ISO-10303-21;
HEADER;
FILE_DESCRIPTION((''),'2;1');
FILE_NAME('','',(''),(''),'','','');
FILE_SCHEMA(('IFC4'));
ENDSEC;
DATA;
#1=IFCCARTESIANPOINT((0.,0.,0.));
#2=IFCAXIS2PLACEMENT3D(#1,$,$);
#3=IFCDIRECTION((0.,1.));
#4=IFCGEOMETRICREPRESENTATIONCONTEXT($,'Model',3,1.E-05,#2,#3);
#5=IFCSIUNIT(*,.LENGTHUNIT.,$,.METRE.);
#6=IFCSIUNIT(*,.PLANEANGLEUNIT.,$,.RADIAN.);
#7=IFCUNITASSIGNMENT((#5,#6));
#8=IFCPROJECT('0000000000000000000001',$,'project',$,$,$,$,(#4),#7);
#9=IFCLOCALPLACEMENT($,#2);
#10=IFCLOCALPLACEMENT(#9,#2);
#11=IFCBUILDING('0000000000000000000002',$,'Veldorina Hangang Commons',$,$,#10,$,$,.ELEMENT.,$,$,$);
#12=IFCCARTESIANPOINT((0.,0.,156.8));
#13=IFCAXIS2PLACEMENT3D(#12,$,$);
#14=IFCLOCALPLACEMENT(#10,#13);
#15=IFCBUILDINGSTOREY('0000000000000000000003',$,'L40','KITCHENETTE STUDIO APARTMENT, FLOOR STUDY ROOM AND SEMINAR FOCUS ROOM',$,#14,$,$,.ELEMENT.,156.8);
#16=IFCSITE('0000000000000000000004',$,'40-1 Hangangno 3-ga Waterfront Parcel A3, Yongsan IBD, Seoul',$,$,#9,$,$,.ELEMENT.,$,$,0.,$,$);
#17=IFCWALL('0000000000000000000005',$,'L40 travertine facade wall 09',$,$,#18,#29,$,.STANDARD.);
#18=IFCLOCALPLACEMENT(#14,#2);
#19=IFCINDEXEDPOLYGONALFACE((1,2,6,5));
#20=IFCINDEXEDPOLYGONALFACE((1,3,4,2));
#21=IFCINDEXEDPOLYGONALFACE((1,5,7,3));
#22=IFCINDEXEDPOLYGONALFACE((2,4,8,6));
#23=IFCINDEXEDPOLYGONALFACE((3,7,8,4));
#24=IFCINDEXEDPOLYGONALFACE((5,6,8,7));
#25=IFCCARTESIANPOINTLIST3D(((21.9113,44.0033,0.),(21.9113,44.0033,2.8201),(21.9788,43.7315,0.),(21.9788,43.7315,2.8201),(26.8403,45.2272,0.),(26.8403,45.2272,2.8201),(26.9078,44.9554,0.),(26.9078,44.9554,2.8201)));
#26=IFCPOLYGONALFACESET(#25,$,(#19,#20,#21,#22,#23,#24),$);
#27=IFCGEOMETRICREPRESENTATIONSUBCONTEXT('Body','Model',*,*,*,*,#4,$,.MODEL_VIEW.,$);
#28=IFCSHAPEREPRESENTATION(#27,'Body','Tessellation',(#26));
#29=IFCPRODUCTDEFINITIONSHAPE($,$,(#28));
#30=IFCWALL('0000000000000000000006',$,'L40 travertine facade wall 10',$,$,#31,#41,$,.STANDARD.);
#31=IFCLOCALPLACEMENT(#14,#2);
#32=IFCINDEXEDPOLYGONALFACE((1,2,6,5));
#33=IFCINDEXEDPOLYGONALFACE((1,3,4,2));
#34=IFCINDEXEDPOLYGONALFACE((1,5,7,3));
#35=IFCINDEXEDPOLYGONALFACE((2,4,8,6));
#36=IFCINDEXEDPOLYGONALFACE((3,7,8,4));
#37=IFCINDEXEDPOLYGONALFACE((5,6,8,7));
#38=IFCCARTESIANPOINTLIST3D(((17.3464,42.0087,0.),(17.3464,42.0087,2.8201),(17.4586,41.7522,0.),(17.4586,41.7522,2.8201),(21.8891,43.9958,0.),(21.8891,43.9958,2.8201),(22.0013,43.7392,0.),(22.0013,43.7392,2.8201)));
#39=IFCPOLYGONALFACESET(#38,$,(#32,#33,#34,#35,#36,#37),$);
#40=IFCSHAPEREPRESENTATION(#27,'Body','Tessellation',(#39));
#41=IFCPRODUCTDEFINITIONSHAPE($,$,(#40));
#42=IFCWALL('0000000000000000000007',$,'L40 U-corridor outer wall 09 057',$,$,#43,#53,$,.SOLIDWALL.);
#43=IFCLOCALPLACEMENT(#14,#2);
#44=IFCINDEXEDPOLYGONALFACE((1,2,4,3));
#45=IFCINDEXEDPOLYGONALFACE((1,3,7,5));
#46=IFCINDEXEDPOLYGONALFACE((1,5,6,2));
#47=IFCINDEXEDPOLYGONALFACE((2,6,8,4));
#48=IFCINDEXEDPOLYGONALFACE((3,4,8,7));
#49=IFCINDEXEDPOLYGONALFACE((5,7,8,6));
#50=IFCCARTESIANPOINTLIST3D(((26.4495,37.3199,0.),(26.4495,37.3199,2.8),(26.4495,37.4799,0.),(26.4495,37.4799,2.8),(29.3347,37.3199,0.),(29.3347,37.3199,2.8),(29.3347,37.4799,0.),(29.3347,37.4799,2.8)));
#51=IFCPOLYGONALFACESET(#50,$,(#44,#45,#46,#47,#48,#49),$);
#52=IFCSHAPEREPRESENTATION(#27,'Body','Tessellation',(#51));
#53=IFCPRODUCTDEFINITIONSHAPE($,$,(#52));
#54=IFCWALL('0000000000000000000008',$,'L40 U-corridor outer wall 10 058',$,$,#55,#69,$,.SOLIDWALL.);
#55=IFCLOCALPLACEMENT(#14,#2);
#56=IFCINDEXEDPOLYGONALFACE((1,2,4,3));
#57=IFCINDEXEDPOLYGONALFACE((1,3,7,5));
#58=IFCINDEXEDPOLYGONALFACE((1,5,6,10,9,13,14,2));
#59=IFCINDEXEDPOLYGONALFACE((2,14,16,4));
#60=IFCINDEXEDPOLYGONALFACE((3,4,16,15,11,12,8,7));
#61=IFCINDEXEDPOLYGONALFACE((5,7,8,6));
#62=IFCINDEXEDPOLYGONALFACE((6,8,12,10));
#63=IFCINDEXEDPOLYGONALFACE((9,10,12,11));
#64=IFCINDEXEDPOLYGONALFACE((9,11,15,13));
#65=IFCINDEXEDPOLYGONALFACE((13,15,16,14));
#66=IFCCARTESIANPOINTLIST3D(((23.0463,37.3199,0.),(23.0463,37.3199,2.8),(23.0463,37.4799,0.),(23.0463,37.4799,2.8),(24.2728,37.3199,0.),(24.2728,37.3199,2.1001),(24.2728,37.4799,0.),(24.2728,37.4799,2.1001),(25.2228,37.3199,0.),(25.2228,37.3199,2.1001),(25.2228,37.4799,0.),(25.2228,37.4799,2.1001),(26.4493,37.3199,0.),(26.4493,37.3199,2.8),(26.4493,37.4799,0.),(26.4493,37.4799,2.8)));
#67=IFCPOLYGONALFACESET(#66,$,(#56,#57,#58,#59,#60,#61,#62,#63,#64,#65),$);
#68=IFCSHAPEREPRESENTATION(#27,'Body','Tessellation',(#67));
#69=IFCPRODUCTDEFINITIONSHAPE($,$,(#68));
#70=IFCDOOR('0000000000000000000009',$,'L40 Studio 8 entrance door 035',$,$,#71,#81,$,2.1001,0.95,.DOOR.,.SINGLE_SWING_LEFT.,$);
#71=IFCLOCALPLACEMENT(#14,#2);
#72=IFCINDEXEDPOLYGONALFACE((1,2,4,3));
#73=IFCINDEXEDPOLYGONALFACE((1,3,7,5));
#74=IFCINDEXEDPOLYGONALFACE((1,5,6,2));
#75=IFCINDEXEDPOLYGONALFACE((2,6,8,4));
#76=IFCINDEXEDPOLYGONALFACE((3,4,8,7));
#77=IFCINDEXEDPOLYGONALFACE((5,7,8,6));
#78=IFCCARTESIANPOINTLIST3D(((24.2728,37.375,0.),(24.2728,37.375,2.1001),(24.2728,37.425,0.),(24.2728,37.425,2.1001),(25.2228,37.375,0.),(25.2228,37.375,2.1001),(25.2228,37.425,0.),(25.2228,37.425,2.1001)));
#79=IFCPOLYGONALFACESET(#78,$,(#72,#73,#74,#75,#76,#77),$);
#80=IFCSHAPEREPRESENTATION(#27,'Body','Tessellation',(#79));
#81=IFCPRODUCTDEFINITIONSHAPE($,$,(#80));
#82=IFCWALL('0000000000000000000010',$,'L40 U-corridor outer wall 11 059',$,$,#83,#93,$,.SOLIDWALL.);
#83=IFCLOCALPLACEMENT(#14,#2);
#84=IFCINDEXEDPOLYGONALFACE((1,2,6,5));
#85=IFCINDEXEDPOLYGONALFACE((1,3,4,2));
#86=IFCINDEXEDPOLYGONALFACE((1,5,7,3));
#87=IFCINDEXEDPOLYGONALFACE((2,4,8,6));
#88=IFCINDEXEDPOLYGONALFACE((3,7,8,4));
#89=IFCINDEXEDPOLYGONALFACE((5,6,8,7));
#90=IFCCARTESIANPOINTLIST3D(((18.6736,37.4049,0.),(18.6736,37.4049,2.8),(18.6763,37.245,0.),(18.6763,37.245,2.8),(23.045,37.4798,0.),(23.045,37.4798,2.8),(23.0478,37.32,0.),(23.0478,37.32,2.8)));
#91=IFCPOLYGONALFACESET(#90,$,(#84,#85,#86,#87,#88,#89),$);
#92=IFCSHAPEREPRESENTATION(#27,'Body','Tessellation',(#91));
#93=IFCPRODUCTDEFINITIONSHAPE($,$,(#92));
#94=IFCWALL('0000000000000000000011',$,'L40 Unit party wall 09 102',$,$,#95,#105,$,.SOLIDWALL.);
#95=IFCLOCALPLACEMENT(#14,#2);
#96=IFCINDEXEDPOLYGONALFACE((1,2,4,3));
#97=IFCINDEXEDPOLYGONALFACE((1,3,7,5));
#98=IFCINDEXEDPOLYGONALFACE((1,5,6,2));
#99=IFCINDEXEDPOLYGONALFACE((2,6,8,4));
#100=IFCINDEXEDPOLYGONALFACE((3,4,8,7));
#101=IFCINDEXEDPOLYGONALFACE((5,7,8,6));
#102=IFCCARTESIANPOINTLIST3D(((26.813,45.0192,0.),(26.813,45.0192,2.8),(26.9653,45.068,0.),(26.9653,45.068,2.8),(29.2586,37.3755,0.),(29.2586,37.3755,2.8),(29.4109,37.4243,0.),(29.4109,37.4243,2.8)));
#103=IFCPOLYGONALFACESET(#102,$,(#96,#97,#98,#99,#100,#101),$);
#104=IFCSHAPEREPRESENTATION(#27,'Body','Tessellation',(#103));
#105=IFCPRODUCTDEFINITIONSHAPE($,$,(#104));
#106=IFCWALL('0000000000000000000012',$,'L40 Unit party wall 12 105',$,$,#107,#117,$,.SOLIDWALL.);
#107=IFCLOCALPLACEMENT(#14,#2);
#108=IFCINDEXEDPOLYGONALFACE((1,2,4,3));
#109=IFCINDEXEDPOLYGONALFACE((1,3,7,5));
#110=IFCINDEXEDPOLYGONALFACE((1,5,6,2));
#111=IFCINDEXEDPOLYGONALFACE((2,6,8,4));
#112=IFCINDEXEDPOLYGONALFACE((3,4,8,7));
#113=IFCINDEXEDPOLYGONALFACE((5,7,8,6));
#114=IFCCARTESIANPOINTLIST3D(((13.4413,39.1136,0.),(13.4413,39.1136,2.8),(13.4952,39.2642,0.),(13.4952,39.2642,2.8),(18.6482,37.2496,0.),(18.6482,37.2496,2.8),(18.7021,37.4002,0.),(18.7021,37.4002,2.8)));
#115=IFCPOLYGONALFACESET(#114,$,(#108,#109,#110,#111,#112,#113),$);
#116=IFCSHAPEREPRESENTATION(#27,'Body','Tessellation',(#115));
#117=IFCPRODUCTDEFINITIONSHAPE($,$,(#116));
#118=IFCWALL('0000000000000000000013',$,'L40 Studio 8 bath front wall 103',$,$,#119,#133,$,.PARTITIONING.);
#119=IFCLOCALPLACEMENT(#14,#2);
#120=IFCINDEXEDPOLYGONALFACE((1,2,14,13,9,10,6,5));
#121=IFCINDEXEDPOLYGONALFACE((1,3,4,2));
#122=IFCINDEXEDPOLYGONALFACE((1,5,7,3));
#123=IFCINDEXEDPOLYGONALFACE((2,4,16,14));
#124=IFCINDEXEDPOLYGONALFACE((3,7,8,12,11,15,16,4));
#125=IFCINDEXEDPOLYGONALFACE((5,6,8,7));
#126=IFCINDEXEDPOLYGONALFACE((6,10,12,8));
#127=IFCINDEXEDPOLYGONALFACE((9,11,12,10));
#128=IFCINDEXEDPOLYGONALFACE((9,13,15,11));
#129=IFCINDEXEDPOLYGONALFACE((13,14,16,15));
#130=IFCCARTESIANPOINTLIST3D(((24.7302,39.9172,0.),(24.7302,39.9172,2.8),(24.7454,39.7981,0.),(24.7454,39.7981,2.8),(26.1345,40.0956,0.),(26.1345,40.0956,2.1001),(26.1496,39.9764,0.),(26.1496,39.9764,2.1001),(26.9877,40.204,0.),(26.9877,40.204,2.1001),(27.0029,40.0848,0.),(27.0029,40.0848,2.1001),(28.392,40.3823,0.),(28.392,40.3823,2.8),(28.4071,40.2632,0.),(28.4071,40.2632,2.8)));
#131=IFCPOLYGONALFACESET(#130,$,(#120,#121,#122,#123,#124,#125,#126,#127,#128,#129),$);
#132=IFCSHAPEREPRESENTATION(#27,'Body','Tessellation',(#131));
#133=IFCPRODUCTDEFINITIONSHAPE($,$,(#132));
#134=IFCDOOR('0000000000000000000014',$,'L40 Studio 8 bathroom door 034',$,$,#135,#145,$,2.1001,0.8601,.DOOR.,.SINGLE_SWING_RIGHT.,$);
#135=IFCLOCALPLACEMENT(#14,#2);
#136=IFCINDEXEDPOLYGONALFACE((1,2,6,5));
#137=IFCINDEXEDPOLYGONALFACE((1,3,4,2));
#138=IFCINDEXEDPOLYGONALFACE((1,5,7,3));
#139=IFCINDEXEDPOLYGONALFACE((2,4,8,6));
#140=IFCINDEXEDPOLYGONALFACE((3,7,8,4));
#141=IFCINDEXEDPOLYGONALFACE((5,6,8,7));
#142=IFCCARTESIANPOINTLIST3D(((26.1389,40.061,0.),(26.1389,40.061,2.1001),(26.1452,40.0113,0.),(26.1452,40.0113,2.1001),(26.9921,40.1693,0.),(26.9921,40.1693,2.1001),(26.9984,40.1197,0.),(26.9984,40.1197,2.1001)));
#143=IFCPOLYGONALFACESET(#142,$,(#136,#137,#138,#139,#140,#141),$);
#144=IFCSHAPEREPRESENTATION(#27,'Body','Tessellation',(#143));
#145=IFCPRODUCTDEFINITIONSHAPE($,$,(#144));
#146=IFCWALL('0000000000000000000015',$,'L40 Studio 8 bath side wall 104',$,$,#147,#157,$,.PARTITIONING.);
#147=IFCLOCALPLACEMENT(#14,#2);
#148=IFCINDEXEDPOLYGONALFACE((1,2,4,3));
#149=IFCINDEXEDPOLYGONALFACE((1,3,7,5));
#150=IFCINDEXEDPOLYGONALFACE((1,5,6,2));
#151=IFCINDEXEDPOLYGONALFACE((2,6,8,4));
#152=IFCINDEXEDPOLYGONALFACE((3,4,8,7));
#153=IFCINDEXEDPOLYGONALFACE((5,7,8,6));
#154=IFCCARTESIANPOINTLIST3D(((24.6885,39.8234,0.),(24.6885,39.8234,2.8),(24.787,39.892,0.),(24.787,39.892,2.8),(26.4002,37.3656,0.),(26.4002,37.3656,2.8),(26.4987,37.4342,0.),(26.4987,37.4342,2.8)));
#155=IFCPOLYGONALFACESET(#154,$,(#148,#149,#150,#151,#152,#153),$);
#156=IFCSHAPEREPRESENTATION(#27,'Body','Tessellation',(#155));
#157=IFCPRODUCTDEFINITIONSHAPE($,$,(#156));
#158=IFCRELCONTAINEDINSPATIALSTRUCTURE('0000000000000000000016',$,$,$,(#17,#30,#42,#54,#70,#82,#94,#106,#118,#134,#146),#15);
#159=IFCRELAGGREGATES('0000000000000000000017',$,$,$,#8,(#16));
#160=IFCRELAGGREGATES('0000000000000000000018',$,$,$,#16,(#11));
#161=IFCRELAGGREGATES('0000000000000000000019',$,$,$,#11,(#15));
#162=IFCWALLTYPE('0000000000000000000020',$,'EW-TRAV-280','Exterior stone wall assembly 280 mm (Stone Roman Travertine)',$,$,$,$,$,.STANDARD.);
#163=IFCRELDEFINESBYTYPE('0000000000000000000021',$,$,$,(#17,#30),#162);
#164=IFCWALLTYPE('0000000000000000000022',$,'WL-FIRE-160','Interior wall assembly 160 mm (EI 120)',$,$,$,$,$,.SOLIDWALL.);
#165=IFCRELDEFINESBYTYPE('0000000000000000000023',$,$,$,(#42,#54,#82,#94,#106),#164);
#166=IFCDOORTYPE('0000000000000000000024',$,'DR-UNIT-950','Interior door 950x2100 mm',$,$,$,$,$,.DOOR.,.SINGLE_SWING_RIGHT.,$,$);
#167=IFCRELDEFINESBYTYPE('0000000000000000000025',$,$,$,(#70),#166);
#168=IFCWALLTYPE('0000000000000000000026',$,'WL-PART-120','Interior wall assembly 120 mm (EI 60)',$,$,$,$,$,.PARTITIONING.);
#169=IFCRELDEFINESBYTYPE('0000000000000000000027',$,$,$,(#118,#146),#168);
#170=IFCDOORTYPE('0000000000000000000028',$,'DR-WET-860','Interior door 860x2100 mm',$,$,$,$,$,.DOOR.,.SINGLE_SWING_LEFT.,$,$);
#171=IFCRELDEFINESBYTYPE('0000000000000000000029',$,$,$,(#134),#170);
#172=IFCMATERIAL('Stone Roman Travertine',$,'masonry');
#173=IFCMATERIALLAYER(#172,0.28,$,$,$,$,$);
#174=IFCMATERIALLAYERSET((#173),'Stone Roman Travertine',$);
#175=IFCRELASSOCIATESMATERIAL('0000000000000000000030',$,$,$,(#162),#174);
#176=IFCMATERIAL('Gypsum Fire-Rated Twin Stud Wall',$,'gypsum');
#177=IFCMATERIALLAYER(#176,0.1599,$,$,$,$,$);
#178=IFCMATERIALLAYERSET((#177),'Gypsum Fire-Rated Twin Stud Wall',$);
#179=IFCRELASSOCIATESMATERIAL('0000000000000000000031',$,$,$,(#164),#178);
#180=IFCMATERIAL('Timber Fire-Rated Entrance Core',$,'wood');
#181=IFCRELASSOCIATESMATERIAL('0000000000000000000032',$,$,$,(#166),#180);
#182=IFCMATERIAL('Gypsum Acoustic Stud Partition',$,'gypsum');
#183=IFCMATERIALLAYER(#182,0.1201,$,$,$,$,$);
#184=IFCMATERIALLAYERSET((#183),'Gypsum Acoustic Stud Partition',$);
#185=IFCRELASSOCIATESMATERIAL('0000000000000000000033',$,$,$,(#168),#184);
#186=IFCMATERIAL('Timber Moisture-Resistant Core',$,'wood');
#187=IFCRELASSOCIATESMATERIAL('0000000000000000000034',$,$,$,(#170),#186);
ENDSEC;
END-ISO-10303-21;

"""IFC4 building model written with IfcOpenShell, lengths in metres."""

from ifc_helpers import new_model, si_unit, direction, frame, frame_2d, origin, place, context, subcontext, project, spatial, rectangle, extrude, material, layer, layer_set, type_object, element, fill, save


model = new_model("IFC4")

# Units and contexts
model_context = context("Model", 3, precision=1e-05, world=origin(), true_north=direction((0.0, 1.0)))
body_context = subcontext(model_context, "Body", "Model", "MODEL_VIEW")
ifc_project = project(units=[si_unit("LENGTHUNIT", "METRE"), si_unit("PLANEANGLEUNIT", "RADIAN")], contexts=[model_context])

# Site, building, storey
site_placement = place(None, origin())
site = spatial("IfcSite", under=ifc_project, at=site_placement, Name="40-1 Hangangno 3-ga Waterfront Parcel A3, Yongsan IBD, Seoul", CompositionType="ELEMENT", RefElevation=0.0)
building_placement = place(site_placement, origin())
building = spatial("IfcBuilding", under=site, at=building_placement, Name="Veldorina Hangang Commons", CompositionType="ELEMENT")
storey_placement = place(building_placement, frame((0.0, 0.0, 156.8)))
storey = spatial("IfcBuildingStorey", under=building, at=storey_placement, Name="L40", Description="KITCHENETTE STUDIO APARTMENT, FLOOR STUDY ROOM AND SEMINAR FOCUS ROOM", CompositionType="ELEMENT", Elevation=156.8)

# Walls
ifc_material_1 = material(Name="Stone Roman Travertine", Category="masonry")
ifc_layer_1 = layer(ifc_material_1, 0.28)
ifc_layer_set_1 = layer_set([ifc_layer_1], Name="Stone Roman Travertine")
wall_type_1 = type_object("IfcWallType", Name="EW-TRAV-280", Description="Exterior stone wall assembly 280 mm (Stone Roman Travertine)", PredefinedType="STANDARD", material=ifc_layer_set_1)
wall_1_placement = place(storey_placement, frame((26.874, 45.0913, 0.0), z_axis=(0.0, 0.0, 1.0), x_axis=(-0.970529, -0.240986, 0.0)))
element("IfcWall", 1, at=wall_1_placement, inside=storey, type_object=wall_type_1, Name="L40 travertine facade wall 09", PredefinedType="STANDARD", context=body_context, shape_type="SweptSolid", body=[
    extrude(rectangle(XDim=5.0786, YDim=0.28, at=frame_2d((2.5393, 0.0))), origin(), (0.0, 0.0, 1.0), 2.8201),
])
wall_2_placement = place(storey_placement, frame((21.9451, 43.8674, 0.0), z_axis=(0.0, 0.0, 1.0), x_axis=(-0.916186, -0.400754, 0.0)))
element("IfcWall", 2, at=wall_2_placement, inside=storey, type_object=wall_type_1, Name="L40 travertine facade wall 10", PredefinedType="STANDARD", context=body_context, shape_type="SweptSolid", body=[
    extrude(rectangle(XDim=4.9583, YDim=0.28, at=frame_2d((2.479, 0.0))), origin(), (0.0, 0.0, 1.0), 2.8201),
])
ifc_material_2 = material(Name="Gypsum Fire-Rated Twin Stud Wall", Category="gypsum")
ifc_layer_2 = layer(ifc_material_2, 0.1599)
ifc_layer_set_2 = layer_set([ifc_layer_2], Name="Gypsum Fire-Rated Twin Stud Wall")
wall_type_2 = type_object("IfcWallType", Name="WL-FIRE-160", Description="Interior wall assembly 160 mm (EI 120)", PredefinedType="SOLIDWALL", material=ifc_layer_set_2)
wall_3_placement = place(storey_placement, frame((29.3347, 37.3999, 0.0), z_axis=(0.0, 0.0, 1.0), x_axis=(-1.0, 0.0, 0.0)))
element("IfcWall", 3, at=wall_3_placement, inside=storey, type_object=wall_type_2, Name="L40 U-corridor outer wall 09 057", PredefinedType="SOLIDWALL", context=body_context, shape_type="SweptSolid", body=[
    extrude(rectangle(XDim=2.8853, YDim=0.1599, at=frame_2d((1.4426, 0.0))), origin(), (0.0, 0.0, 1.0), 2.8),
])

# Wall, opening, door
wall_4_placement = place(storey_placement, frame((26.4495, 37.3999, 0.0), z_axis=(0.0, 0.0, 1.0), x_axis=(-1.0, 0.0, 0.0)))
wall_4 = element("IfcWall", 4, at=wall_4_placement, inside=storey, type_object=wall_type_2, Name="L40 U-corridor outer wall 10 058", PredefinedType="SOLIDWALL", context=body_context, shape_type="SweptSolid", body=[
    extrude(rectangle(XDim=3.4031, YDim=0.1599, at=frame_2d((1.7017, 0.0))), origin(), (0.0, 0.0, 1.0), 2.8),
])
opening_1_placement = place(wall_4_placement, frame((1.2266, 0.0, 0.0)))
opening_1 = element("IfcOpeningElement", 5, at=opening_1_placement, cuts=wall_4, PredefinedType="OPENING", context=body_context, shape_type="SweptSolid", body=[
    extrude(rectangle(XDim=0.95, YDim=2.1001, at=frame_2d((0.4751, 1.05))), frame((0.0, 0.0898, 0.0), z_axis=(0.0, -1.0, 0.0), x_axis=(1.0, 0.0, 0.0)), (0.0, 0.0, 1.0), 0.1799),
])
ifc_material_3 = material(Name="Timber Fire-Rated Entrance Core", Category="wood")
door_type_1 = type_object("IfcDoorType", Name="DR-UNIT-950", Description="Interior door 950x2100 mm", OperationType="SINGLE_SWING_RIGHT", PredefinedType="DOOR", material=ifc_material_3)
door_1_placement = place(opening_1_placement, origin())
door_1 = element("IfcDoor", 6, at=door_1_placement, inside=storey, type_object=door_type_1, Name="L40 Studio 8 entrance door 035", OperationType="SINGLE_SWING_LEFT", OverallHeight=2.1001, OverallWidth=0.95, PredefinedType="DOOR", context=body_context, shape_type="SweptSolid", body=[
    extrude(rectangle(XDim=0.95, YDim=2.1001, at=frame_2d((0.4751, 1.05))), frame((0.0, 0.0249, 0.0), z_axis=(0.0, -1.0, 0.0), x_axis=(1.0, 0.0, 0.0)), (0.0, 0.0, 1.0), 0.05),
])
fill(opening_1, door_1)

# Walls
wall_5_placement = place(storey_placement, frame((23.0464, 37.3999, 0.0), z_axis=(0.0, 0.0, 1.0), x_axis=(-0.999853, -0.017144, 0.0)))
element("IfcWall", 7, at=wall_5_placement, inside=storey, type_object=wall_type_2, Name="L40 U-corridor outer wall 11 059", PredefinedType="SOLIDWALL", context=body_context, shape_type="SweptSolid", body=[
    extrude(rectangle(XDim=4.3721, YDim=0.1599, at=frame_2d((2.186, 0.0))), origin(), (0.0, 0.0, 1.0), 2.8),
])
wall_6_placement = place(storey_placement, frame((29.3347, 37.3999, 0.0), z_axis=(0.0, 0.0, 1.0), x_axis=(-0.304724, 0.952441, 0.0)))
element("IfcWall", 8, at=wall_6_placement, inside=storey, type_object=wall_type_2, Name="L40 Unit party wall 09 102", PredefinedType="SOLIDWALL", context=body_context, shape_type="SweptSolid", body=[
    extrude(rectangle(XDim=8.0254, YDim=0.1599, at=frame_2d((4.0127, 0.0))), origin(), (0.0, 0.0, 1.0), 2.8),
])
wall_7_placement = place(storey_placement, frame((18.675, 37.325, 0.0), z_axis=(0.0, 0.0, 1.0), x_axis=(-0.941492, 0.337035, 0.0)))
element("IfcWall", 9, at=wall_7_placement, inside=storey, type_object=wall_type_2, Name="L40 Unit party wall 12 105", PredefinedType="SOLIDWALL", context=body_context, shape_type="SweptSolid", body=[
    extrude(rectangle(XDim=5.5305, YDim=0.1599, at=frame_2d((2.7651, 0.0))), origin(), (0.0, 0.0, 1.0), 2.8),
])

# Wall, opening, door
ifc_material_4 = material(Name="Gypsum Acoustic Stud Partition", Category="gypsum")
ifc_layer_3 = layer(ifc_material_4, 0.1201)
ifc_layer_set_3 = layer_set([ifc_layer_3], Name="Gypsum Acoustic Stud Partition")
wall_type_3 = type_object("IfcWallType", Name="WL-PART-120", Description="Interior wall assembly 120 mm (EI 60)", PredefinedType="PARTITIONING", material=ifc_layer_set_3)
wall_8_placement = place(storey_placement, frame((28.3997, 40.3228, 0.0), z_axis=(0.0, 0.0, 1.0), x_axis=(-0.992031, -0.125996, 0.0)))
wall_8 = element("IfcWall", 10, at=wall_8_placement, inside=storey, type_object=wall_type_3, Name="L40 Studio 8 bath front wall 103", PredefinedType="PARTITIONING", context=body_context, shape_type="SweptSolid", body=[
    extrude(rectangle(XDim=3.6912, YDim=0.1201, at=frame_2d((1.8457, 0.0))), origin(), (0.0, 0.0, 1.0), 2.8),
])
opening_2_placement = place(wall_8_placement, frame((1.4155, 0.0, 0.0)))
opening_2 = element("IfcOpeningElement", 11, at=opening_2_placement, cuts=wall_8, PredefinedType="OPENING", context=body_context, shape_type="SweptSolid", body=[
    extrude(rectangle(XDim=0.8601, YDim=2.1001, at=frame_2d((0.4302, 1.05))), frame((0.0, 0.0701, 0.0), z_axis=(0.0, -1.0, 0.0), x_axis=(1.0, 0.0, 0.0)), (0.0, 0.0, 1.0), 0.1401),
])
ifc_material_5 = material(Name="Timber Moisture-Resistant Core", Category="wood")
door_type_2 = type_object("IfcDoorType", Name="DR-WET-860", Description="Interior door 860x2100 mm", OperationType="SINGLE_SWING_LEFT", PredefinedType="DOOR", material=ifc_material_5)
door_2_placement = place(opening_2_placement, origin())
door_2 = element("IfcDoor", 12, at=door_2_placement, inside=storey, type_object=door_type_2, Name="L40 Studio 8 bathroom door 034", OperationType="SINGLE_SWING_RIGHT", OverallHeight=2.1001, OverallWidth=0.8601, PredefinedType="DOOR", context=body_context, shape_type="SweptSolid", body=[
    extrude(rectangle(XDim=0.8601, YDim=2.1001, at=frame_2d((0.4302, 1.05))), frame((0.0, 0.0249, 0.0), z_axis=(0.0, -1.0, 0.0), x_axis=(1.0, 0.0, 0.0)), (0.0, 0.0, 1.0), 0.05),
])
fill(opening_2, door_2)

# Wall
wall_9_placement = place(storey_placement, frame((26.4495, 37.3999, 0.0), z_axis=(0.0, 0.0, 1.0), x_axis=(-0.571497, 0.820604, 0.0)))
element("IfcWall", 13, at=wall_9_placement, inside=storey, type_object=wall_type_3, Name="L40 Studio 8 bath side wall 104", PredefinedType="PARTITIONING", context=body_context, shape_type="SweptSolid", body=[
    extrude(rectangle(XDim=2.9951, YDim=0.1201, at=frame_2d((1.4976, 0.0))), origin(), (0.0, 0.0, 1.0), 2.8),
])

save(model, "model.ifc")
